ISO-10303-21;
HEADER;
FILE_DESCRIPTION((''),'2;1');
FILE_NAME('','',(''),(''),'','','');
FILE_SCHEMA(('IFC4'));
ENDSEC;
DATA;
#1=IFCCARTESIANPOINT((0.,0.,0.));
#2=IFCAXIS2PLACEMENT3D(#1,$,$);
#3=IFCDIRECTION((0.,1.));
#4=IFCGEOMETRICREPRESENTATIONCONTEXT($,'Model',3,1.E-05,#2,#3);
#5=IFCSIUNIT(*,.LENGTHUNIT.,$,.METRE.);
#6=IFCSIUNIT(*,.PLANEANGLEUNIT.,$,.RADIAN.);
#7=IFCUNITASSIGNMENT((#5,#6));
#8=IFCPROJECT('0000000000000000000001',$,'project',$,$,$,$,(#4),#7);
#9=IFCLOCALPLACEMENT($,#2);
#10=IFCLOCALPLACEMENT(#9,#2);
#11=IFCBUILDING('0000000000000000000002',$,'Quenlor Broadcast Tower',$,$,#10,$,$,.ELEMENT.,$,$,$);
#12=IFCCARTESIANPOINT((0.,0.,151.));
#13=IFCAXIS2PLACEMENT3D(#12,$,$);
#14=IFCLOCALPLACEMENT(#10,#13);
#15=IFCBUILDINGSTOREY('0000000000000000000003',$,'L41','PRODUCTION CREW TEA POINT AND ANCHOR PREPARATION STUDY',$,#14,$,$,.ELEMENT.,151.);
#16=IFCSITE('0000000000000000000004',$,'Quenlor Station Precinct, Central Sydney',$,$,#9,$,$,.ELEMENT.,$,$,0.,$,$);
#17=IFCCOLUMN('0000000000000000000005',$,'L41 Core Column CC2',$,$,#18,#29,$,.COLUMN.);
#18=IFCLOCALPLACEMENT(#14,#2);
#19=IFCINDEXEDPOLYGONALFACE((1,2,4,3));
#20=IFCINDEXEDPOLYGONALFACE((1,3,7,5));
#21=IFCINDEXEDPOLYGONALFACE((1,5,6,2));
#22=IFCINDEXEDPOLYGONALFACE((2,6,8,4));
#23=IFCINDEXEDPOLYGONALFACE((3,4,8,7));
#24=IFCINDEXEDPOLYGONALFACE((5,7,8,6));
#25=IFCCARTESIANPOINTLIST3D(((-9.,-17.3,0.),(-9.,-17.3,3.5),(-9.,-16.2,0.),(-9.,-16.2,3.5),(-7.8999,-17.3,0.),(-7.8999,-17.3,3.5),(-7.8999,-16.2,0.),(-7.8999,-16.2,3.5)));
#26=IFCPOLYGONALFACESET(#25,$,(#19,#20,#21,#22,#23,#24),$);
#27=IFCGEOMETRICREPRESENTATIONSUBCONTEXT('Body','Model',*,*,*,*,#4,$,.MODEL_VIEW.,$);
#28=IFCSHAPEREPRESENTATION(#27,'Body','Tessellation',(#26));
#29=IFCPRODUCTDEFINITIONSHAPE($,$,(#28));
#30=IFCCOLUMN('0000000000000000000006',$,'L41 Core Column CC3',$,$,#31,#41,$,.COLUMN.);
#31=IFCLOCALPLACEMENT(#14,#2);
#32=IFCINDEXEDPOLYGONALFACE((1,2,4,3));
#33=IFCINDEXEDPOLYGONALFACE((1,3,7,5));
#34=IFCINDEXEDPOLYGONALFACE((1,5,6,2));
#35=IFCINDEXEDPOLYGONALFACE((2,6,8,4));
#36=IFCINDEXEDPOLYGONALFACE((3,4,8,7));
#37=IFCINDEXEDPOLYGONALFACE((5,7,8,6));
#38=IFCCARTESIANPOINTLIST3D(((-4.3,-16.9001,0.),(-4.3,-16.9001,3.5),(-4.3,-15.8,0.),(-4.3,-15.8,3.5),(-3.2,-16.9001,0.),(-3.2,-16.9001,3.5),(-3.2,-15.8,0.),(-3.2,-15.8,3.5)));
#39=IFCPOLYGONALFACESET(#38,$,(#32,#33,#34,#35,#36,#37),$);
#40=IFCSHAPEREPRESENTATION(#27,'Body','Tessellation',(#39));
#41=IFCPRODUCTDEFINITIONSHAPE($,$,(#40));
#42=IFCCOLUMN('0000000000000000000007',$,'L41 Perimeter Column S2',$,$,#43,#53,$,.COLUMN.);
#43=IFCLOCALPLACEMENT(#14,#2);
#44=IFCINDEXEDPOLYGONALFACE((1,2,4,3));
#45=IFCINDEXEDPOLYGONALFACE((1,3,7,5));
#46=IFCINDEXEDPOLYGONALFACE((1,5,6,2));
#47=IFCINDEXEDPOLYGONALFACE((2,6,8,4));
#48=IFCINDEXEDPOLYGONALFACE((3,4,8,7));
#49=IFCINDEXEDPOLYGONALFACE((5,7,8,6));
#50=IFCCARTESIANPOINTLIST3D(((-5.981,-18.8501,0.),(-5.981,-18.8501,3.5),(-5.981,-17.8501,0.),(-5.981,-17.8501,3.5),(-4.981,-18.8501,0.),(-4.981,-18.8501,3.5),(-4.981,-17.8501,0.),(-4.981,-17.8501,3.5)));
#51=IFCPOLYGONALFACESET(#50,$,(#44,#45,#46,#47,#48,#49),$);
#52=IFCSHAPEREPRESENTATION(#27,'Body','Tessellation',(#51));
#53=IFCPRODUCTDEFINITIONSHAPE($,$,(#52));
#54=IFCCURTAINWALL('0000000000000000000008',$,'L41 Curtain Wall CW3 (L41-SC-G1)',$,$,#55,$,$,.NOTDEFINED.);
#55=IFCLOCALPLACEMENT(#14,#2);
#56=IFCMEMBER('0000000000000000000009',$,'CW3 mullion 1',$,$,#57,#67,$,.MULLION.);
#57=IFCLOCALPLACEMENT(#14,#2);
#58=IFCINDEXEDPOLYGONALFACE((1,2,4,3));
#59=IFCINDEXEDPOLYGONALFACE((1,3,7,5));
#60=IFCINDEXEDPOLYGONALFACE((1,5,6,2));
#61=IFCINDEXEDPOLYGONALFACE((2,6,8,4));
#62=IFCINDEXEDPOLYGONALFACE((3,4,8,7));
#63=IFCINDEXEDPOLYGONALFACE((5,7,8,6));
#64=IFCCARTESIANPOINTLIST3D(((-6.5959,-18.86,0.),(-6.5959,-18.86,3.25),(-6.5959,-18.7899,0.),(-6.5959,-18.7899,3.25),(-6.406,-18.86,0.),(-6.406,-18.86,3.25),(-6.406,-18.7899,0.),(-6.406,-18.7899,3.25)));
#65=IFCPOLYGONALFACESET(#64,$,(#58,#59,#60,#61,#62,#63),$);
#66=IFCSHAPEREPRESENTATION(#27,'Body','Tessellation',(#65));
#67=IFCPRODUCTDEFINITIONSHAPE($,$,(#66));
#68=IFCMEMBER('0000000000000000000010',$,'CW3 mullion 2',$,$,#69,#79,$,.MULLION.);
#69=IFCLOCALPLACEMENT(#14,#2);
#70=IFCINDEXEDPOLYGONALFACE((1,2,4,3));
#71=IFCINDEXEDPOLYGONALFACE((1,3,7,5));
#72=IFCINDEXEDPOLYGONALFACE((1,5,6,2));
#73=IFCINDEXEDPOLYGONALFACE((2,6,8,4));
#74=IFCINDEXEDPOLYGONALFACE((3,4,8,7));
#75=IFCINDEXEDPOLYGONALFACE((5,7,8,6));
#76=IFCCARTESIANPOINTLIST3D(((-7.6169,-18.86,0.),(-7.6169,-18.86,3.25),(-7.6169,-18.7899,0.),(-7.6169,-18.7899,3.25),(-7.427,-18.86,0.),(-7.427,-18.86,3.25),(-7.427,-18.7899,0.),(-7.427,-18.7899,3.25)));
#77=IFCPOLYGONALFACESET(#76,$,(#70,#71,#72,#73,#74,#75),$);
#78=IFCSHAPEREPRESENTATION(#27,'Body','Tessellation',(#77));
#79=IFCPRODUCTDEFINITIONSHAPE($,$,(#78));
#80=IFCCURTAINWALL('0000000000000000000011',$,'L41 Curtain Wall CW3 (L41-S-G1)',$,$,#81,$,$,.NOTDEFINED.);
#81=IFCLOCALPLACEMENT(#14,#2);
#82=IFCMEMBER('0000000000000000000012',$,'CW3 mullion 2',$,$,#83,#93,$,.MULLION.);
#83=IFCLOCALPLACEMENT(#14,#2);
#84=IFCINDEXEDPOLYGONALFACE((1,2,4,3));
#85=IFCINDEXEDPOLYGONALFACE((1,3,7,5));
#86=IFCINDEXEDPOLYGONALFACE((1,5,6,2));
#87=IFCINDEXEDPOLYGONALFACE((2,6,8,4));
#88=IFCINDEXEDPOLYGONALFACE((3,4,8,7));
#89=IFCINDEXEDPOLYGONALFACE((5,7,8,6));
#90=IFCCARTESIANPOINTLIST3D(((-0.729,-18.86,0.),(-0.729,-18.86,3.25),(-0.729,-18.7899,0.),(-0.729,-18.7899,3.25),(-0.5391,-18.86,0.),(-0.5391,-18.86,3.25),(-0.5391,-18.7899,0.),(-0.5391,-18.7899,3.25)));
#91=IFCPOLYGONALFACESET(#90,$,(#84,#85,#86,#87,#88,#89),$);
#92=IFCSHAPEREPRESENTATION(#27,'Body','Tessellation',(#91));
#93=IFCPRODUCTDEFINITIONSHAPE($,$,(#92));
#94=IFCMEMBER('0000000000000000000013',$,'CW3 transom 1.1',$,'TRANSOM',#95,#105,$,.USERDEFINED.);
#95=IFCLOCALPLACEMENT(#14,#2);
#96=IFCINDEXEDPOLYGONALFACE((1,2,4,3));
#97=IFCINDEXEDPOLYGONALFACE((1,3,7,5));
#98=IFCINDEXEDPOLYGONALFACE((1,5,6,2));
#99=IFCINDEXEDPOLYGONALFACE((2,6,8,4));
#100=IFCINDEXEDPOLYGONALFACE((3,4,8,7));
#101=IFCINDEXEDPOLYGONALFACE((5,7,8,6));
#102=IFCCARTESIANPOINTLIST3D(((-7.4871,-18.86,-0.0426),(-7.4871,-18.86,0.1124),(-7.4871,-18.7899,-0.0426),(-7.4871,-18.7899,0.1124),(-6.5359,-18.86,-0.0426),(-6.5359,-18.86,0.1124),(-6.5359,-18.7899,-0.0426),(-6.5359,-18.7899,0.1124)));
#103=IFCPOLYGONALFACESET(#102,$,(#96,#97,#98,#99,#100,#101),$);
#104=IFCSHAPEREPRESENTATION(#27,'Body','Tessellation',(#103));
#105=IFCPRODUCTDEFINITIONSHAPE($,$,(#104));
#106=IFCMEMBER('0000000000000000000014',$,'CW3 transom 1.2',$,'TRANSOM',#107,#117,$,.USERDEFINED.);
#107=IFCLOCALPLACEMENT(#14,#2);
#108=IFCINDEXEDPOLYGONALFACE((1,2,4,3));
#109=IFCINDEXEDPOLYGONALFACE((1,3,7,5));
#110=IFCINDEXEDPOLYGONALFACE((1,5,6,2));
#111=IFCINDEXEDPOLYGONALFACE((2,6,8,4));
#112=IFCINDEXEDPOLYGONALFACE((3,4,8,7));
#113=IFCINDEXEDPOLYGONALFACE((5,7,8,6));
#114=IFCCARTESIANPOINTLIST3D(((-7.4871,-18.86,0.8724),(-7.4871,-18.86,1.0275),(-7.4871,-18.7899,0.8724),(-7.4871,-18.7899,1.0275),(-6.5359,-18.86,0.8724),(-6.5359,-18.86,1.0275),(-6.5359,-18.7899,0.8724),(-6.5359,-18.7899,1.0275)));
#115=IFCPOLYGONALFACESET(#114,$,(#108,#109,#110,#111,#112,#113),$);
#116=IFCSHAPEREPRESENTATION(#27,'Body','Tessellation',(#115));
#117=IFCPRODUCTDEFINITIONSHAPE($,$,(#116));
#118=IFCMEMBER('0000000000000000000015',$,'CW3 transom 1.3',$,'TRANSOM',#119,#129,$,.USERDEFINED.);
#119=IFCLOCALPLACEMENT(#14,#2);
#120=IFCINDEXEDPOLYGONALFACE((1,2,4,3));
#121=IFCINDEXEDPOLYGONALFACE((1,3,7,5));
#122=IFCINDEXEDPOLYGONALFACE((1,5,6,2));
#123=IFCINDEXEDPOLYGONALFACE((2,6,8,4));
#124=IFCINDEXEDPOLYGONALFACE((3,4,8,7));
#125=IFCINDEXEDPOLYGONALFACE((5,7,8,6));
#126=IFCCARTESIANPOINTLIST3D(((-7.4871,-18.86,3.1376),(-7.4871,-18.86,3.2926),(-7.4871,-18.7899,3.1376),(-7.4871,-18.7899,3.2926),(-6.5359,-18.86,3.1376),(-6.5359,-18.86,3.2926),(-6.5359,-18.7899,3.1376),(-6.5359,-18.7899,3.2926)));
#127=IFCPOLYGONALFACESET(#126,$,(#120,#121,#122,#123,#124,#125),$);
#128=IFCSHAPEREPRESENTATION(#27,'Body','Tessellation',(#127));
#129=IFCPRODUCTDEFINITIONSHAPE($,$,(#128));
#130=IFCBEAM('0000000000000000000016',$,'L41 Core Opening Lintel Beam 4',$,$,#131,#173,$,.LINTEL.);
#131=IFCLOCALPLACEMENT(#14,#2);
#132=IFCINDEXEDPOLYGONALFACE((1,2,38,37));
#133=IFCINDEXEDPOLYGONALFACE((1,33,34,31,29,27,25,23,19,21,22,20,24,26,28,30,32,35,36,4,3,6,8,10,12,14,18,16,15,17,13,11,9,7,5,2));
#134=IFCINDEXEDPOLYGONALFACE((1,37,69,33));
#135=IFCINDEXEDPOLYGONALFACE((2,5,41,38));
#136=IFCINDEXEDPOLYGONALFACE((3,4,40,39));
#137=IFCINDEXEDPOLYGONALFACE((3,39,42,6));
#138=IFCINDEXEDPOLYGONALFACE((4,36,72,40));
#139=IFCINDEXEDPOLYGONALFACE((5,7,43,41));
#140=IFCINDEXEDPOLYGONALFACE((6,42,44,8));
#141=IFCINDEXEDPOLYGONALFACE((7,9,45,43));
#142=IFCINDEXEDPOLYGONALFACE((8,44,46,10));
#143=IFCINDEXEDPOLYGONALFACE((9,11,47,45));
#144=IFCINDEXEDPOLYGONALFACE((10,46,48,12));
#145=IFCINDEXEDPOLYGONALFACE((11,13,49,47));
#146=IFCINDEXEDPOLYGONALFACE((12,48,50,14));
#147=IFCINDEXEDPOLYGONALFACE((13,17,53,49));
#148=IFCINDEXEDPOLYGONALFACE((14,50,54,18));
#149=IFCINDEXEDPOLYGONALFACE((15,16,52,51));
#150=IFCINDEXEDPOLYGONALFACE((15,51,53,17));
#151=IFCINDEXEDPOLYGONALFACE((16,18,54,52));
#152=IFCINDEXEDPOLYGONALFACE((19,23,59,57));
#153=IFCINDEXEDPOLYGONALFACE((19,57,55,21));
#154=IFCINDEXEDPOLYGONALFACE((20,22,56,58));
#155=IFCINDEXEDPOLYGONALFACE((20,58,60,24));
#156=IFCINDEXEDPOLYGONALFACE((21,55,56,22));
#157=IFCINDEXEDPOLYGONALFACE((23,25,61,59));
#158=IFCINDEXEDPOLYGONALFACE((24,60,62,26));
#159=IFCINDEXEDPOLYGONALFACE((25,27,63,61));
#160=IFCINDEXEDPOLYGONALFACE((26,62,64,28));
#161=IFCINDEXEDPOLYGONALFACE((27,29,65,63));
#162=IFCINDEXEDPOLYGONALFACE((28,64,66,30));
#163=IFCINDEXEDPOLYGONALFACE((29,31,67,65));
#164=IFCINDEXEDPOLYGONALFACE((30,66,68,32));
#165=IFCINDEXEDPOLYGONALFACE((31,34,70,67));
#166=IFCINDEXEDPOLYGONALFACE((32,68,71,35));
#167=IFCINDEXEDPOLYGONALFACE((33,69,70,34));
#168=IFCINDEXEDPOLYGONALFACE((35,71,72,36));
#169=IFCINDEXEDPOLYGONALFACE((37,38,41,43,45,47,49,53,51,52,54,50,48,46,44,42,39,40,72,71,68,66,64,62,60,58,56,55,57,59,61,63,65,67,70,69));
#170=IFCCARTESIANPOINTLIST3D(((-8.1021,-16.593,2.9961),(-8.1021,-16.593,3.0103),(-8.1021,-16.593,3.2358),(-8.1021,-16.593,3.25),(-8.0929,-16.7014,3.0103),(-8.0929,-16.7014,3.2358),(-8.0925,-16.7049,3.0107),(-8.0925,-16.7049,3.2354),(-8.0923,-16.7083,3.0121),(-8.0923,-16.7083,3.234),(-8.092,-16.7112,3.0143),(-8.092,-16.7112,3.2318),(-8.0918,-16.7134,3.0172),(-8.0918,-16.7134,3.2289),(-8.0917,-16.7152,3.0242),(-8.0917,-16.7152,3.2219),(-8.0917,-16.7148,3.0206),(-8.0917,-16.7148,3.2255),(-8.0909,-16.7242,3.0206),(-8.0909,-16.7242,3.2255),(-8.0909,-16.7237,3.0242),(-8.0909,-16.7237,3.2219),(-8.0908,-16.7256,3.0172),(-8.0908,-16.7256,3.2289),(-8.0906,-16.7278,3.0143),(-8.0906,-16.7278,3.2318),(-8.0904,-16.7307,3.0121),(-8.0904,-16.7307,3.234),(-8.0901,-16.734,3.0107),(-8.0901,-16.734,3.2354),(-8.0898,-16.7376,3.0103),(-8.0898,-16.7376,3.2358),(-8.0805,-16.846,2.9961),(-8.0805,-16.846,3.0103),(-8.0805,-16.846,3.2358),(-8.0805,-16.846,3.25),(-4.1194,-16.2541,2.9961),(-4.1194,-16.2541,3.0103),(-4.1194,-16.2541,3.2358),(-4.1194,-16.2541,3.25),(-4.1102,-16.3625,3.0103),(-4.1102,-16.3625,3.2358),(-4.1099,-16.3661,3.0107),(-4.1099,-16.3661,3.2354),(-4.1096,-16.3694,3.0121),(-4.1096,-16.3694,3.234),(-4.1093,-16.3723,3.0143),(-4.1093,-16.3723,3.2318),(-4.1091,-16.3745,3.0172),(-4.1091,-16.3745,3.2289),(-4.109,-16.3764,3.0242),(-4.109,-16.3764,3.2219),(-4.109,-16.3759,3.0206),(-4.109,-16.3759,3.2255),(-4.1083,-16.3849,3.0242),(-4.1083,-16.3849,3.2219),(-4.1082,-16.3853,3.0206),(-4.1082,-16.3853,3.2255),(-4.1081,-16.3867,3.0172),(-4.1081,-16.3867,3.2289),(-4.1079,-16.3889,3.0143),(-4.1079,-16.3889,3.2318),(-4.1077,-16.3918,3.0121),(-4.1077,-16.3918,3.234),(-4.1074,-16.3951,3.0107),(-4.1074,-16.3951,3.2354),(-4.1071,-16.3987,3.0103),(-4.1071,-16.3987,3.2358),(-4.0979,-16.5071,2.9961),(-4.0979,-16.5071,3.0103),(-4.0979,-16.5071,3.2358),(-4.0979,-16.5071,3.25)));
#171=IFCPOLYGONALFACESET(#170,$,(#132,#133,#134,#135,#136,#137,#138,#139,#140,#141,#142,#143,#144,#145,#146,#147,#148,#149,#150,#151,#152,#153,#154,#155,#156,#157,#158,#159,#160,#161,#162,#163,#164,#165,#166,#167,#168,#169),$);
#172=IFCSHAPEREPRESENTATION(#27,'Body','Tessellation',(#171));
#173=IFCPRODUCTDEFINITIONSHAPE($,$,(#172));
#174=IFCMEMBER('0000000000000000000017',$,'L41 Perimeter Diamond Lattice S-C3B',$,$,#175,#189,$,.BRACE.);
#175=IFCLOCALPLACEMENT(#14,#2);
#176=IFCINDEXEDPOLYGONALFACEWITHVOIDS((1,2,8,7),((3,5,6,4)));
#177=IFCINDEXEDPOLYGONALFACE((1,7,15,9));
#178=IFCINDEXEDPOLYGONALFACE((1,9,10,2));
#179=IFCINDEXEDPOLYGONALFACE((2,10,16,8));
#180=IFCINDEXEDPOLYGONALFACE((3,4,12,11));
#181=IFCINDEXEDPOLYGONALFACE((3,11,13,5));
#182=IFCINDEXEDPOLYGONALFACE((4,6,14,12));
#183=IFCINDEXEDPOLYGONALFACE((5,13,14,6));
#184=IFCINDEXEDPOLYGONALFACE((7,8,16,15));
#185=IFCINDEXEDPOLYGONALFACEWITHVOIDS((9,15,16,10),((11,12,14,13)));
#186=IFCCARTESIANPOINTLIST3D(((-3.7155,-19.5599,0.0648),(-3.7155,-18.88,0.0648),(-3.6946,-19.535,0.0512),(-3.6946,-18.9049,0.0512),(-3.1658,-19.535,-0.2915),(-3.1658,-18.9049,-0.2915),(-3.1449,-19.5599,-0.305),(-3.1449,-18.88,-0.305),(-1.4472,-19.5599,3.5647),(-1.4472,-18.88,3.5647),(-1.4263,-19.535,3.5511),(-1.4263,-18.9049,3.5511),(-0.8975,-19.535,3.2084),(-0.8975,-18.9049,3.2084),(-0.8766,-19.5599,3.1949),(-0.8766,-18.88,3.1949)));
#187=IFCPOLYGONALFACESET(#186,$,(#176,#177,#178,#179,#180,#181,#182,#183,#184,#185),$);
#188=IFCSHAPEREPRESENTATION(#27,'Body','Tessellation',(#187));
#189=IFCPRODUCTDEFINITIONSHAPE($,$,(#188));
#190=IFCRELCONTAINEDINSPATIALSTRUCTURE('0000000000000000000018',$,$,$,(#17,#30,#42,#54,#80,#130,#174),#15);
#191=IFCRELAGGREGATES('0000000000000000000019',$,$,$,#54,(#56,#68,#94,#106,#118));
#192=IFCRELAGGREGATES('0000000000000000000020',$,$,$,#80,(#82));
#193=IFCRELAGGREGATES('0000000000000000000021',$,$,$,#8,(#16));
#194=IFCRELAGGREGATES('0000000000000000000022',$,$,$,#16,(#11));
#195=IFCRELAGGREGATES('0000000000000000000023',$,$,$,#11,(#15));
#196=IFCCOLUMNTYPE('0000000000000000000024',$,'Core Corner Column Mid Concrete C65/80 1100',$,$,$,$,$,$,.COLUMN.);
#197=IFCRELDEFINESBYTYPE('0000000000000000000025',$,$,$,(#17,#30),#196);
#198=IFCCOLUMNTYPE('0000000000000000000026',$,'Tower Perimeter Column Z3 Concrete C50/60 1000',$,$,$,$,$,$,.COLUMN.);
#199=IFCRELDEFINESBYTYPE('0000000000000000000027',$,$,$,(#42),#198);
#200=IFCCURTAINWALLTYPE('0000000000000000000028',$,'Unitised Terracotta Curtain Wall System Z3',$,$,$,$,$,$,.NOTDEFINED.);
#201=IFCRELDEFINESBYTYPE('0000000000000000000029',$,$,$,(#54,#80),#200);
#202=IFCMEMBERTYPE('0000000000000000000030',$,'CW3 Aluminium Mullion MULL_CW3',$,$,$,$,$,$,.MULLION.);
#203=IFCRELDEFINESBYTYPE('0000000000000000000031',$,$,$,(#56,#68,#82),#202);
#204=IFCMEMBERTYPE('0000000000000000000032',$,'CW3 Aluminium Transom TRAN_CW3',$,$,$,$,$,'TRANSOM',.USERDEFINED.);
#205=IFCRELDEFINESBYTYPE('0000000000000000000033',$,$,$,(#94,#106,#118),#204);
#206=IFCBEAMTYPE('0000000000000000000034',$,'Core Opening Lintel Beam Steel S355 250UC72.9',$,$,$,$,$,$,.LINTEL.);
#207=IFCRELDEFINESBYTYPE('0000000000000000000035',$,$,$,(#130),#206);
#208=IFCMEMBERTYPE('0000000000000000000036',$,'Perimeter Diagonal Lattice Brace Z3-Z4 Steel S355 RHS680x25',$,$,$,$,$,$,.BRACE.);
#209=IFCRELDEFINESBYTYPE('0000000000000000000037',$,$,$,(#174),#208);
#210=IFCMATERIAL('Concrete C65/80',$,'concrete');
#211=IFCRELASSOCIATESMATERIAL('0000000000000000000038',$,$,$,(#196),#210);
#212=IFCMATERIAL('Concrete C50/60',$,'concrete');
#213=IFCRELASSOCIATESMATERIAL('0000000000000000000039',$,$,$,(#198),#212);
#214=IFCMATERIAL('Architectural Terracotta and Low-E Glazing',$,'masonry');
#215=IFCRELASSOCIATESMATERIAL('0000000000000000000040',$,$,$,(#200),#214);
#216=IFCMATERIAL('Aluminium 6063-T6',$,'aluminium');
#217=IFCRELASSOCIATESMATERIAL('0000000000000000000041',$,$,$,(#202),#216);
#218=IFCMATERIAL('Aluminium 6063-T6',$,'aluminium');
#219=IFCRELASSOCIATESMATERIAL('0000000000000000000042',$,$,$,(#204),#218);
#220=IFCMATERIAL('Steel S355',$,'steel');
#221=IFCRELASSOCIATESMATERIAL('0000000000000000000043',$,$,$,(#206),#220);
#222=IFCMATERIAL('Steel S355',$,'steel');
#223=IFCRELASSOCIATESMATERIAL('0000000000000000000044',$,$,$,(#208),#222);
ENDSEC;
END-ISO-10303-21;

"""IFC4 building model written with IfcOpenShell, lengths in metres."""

from ifc_helpers import new_model, si_unit, direction, frame, origin, origin_2d, place, context, subcontext, project, spatial, rectangle, hollow_rectangle, i_section, extrude, material, material_profile, profile_set, type_object, element, aggregate, save


model = new_model("IFC4")

# Units and contexts
model_context = context("Model", 3, precision=1e-05, world=origin(), true_north=direction((0.0, 1.0)))
body_context = subcontext(model_context, "Body", "Model", "MODEL_VIEW")
ifc_project = project(units=[si_unit("LENGTHUNIT", "METRE"), si_unit("PLANEANGLEUNIT", "RADIAN")], contexts=[model_context])

# Site, building, storey
site_placement = place(None, origin())
site = spatial("IfcSite", under=ifc_project, at=site_placement, Name="Quenlor Station Precinct, Central Sydney", CompositionType="ELEMENT", RefElevation=0.0)
building_placement = place(site_placement, origin())
building = spatial("IfcBuilding", under=site, at=building_placement, Name="Quenlor Broadcast Tower", CompositionType="ELEMENT")
storey_placement = place(building_placement, frame((0.0, 0.0, 151.0)))
storey = spatial("IfcBuildingStorey", under=building, at=storey_placement, Name="L41", Description="PRODUCTION CREW TEA POINT AND ANCHOR PREPARATION STUDY", CompositionType="ELEMENT", Elevation=151.0)

# Columns
ifc_material_1 = material(Name="Concrete C65/80", Category="concrete")
ifc_material_profile_1 = material_profile(ifc_material_1, rectangle(XDim=1.1001, YDim=1.1001, at=origin_2d()))
ifc_profile_set_1 = profile_set([ifc_material_profile_1], Name="Concrete C65/80 RC1100x1100")
column_type_1 = type_object("IfcColumnType", Name="Core Corner Column Mid Concrete C65/80 1100", PredefinedType="COLUMN", material=ifc_profile_set_1)
for number, where, z_axis, x_axis, name in (
    (1, (-8.45, -16.75, 0.0), (0.0, 0.0, 1.0), (1.0, 0.0, 0.0), "L41 Core Column CC2"),
    (2, (-3.75, -16.3501, 0.0), (0.0, 0.0, 1.0), (1.0, 0.0, 0.0), "L41 Core Column CC3"),
):
    element("IfcColumn", number, at=place(storey_placement, frame(where, z_axis=z_axis, x_axis=x_axis)), inside=storey, type_object=column_type_1, Name=name, PredefinedType="COLUMN", context=body_context, shape_type="SweptSolid", body=[
        extrude(rectangle(XDim=1.1001, YDim=1.1001, at=origin_2d()), origin(), (0.0, 0.0, 1.0), 3.5),
    ])
ifc_material_2 = material(Name="Concrete C50/60", Category="concrete")
ifc_material_profile_2 = material_profile(ifc_material_2, rectangle(XDim=1.0, YDim=1.0, at=origin_2d()))
ifc_profile_set_2 = profile_set([ifc_material_profile_2], Name="Concrete C50/60 RC1000x1000")
column_type_2 = type_object("IfcColumnType", Name="Tower Perimeter Column Z3 Concrete C50/60 1000", PredefinedType="COLUMN", material=ifc_profile_set_2)
column_placement = place(storey_placement, frame((-5.481, -18.3501, 0.0), z_axis=(0.0, 0.0, 1.0), x_axis=(0.0, 1.0, 0.0)))
element("IfcColumn", 3, at=column_placement, inside=storey, type_object=column_type_2, Name="L41 Perimeter Column S2", PredefinedType="COLUMN", context=body_context, shape_type="SweptSolid", body=[
    extrude(rectangle(XDim=1.0, YDim=1.0, at=origin_2d()), origin(), (0.0, 0.0, 1.0), 3.5),
])

# Curtain wall, members
ifc_material_3 = material(Name="Architectural Terracotta and Low-E Glazing", Category="masonry")
curtain_wall_type = type_object("IfcCurtainWallType", Name="Unitised Terracotta Curtain Wall System Z3", PredefinedType="NOTDEFINED", material=ifc_material_3)
curtain_wall_1_placement = place(storey_placement, origin())
curtain_wall_1 = element("IfcCurtainWall", 4, at=curtain_wall_1_placement, inside=storey, type_object=curtain_wall_type, Name="L41 Curtain Wall CW3 (L41-SC-G1)", PredefinedType="NOTDEFINED")
ifc_material_4 = material(Name="Aluminium 6063-T6", Category="aluminium")
ifc_material_profile_3 = material_profile(ifc_material_4, rectangle(XDim=0.0701, YDim=0.1899, at=origin_2d()))
ifc_profile_set_3 = profile_set([ifc_material_profile_3], Name="Aluminium 6063-T6 MULL70x190")
member_type_1 = type_object("IfcMemberType", Name="CW3 Aluminium Mullion MULL_CW3", PredefinedType="MULLION", material=ifc_profile_set_3)
member_1_placement = place(storey_placement, frame((-6.501, -18.825, 0.0), z_axis=(0.0, 0.0, 1.0), x_axis=(0.0, -1.0, 0.0)))
member_1 = element("IfcMember", 5, at=member_1_placement, type_object=member_type_1, Name="CW3 mullion 1", PredefinedType="MULLION", context=body_context, shape_type="SweptSolid", body=[
    extrude(rectangle(XDim=0.0701, YDim=0.1899, at=origin_2d()), origin(), (0.0, 0.0, 1.0), 3.25),
])
member_2_placement = place(storey_placement, frame((-7.522, -18.825, 0.0), z_axis=(0.0, 0.0, 1.0), x_axis=(0.0, -1.0, 0.0)))
member_2 = element("IfcMember", 6, at=member_2_placement, type_object=member_type_1, Name="CW3 mullion 2", PredefinedType="MULLION", context=body_context, shape_type="SweptSolid", body=[
    extrude(rectangle(XDim=0.0701, YDim=0.1899, at=origin_2d()), origin(), (0.0, 0.0, 1.0), 3.25),
])

# Curtain wall, member
curtain_wall_2_placement = place(storey_placement, origin())
curtain_wall_2 = element("IfcCurtainWall", 7, at=curtain_wall_2_placement, inside=storey, type_object=curtain_wall_type, Name="L41 Curtain Wall CW3 (L41-S-G1)", PredefinedType="NOTDEFINED")
member_3_placement = place(storey_placement, frame((-0.634, -18.825, 0.0), z_axis=(0.0, 0.0, 1.0), x_axis=(0.0, -1.0, 0.0)))
member_3 = element("IfcMember", 8, at=member_3_placement, type_object=member_type_1, Name="CW3 mullion 2", PredefinedType="MULLION", context=body_context, shape_type="SweptSolid", body=[
    extrude(rectangle(XDim=0.0701, YDim=0.1899, at=origin_2d()), origin(), (0.0, 0.0, 1.0), 3.25),
])

# Members
ifc_material_5 = material(Name="Aluminium 6063-T6", Category="aluminium")
ifc_material_profile_4 = material_profile(ifc_material_5, rectangle(XDim=0.0701, YDim=0.155, at=origin_2d()))
ifc_profile_set_4 = profile_set([ifc_material_profile_4], Name="Aluminium 6063-T6 TRAN70x155")
member_type_2 = type_object("IfcMemberType", Name="CW3 Aluminium Transom TRAN_CW3", ElementType="TRANSOM", PredefinedType="USERDEFINED", material=ifc_profile_set_4)
member_4_placement = place(storey_placement, frame((-6.5359, -18.825, 0.0349), z_axis=(-1.0, 0.0, 0.0), x_axis=(0.0, -1.0, 0.0)))
member_4 = element("IfcMember", 9, at=member_4_placement, type_object=member_type_2, Name="CW3 transom 1.1", ObjectType="TRANSOM", PredefinedType="USERDEFINED", context=body_context, shape_type="SweptSolid", body=[
    extrude(rectangle(XDim=0.0701, YDim=0.155, at=origin_2d()), origin(), (0.0, 0.0, 1.0), 0.9512),
])
member_5_placement = place(storey_placement, frame((-6.5359, -18.825, 0.95), z_axis=(-1.0, 0.0, 0.0), x_axis=(0.0, -1.0, 0.0)))
member_5 = element("IfcMember", 10, at=member_5_placement, type_object=member_type_2, Name="CW3 transom 1.2", ObjectType="TRANSOM", PredefinedType="USERDEFINED", context=body_context, shape_type="SweptSolid", body=[
    extrude(rectangle(XDim=0.0701, YDim=0.155, at=origin_2d()), origin(), (0.0, 0.0, 1.0), 0.9512),
])
member_6_placement = place(storey_placement, frame((-6.5359, -18.825, 3.2151), z_axis=(-1.0, 0.0, 0.0), x_axis=(0.0, -1.0, 0.0)))
member_6 = element("IfcMember", 11, at=member_6_placement, type_object=member_type_2, Name="CW3 transom 1.3", ObjectType="TRANSOM", PredefinedType="USERDEFINED", context=body_context, shape_type="SweptSolid", body=[
    extrude(rectangle(XDim=0.0701, YDim=0.155, at=origin_2d()), origin(), (0.0, 0.0, 1.0), 0.9512),
])

# Beam
ifc_material_6 = material(Name="Steel S355", Category="steel")
ifc_material_profile_5 = material_profile(ifc_material_6, i_section(OverallWidth=0.2539, OverallDepth=0.2539, WebThickness=0.0085, FlangeThickness=0.0142, FilletRadius=0.0139, at=origin_2d()))
ifc_profile_set_5 = profile_set([ifc_material_profile_5], Name="Steel S355 250UC72.9")
beam_type_1 = type_object("IfcBeamType", Name="Core Opening Lintel Beam Steel S355 250UC72.9", PredefinedType="LINTEL", material=ifc_profile_set_5)
beam_1_placement = place(storey_placement, frame((-8.0913, -16.7195, 3.123), z_axis=(0.9964, 0.084779, 0.0), x_axis=(-0.084779, 0.9964, 0.0)))
element("IfcBeam", 12, at=beam_1_placement, inside=storey, type_object=beam_type_1, Name="L41 Core Opening Lintel Beam 4", PredefinedType="LINTEL", context=body_context, shape_type="SweptSolid", body=[
    extrude(i_section(OverallWidth=0.2539, OverallDepth=0.2539, WebThickness=0.0085, FlangeThickness=0.0142, FilletRadius=0.0139, at=origin_2d()), origin(), (0.0, 0.0, 1.0), 3.9971),
])

# Member
ifc_material_7 = material(Name="Steel S355", Category="steel")
ifc_material_profile_6 = material_profile(ifc_material_7, hollow_rectangle(XDim=0.6799, YDim=0.6799, WallThickness=0.0249, at=origin_2d()))
ifc_profile_set_6 = profile_set([ifc_material_profile_6], Name="Steel S355 RHS680x680x25")
member_type_3 = type_object("IfcMemberType", Name="Perimeter Diagonal Lattice Brace Z3-Z4 Steel S355 RHS680x25", PredefinedType="BRACE", material=ifc_profile_set_6)
member_7_placement = place(storey_placement, frame((-3.4302, -19.22, -0.1201), z_axis=(0.54386, 0.0, 0.839176), x_axis=(0.0, 1.0, 0.0)))
element("IfcMember", 13, at=member_7_placement, inside=storey, type_object=member_type_3, Name="L41 Perimeter Diamond Lattice S-C3B", PredefinedType="BRACE", context=body_context, shape_type="SweptSolid", body=[
    extrude(hollow_rectangle(XDim=0.6799, YDim=0.6799, WallThickness=0.0249, at=origin_2d()), origin(), (0.0, 0.0, 1.0), 4.1707),
])

aggregate(curtain_wall_1, [member_1, member_2, member_4, member_5, member_6])
aggregate(curtain_wall_2, [member_3])

save(model, "model.ifc")
